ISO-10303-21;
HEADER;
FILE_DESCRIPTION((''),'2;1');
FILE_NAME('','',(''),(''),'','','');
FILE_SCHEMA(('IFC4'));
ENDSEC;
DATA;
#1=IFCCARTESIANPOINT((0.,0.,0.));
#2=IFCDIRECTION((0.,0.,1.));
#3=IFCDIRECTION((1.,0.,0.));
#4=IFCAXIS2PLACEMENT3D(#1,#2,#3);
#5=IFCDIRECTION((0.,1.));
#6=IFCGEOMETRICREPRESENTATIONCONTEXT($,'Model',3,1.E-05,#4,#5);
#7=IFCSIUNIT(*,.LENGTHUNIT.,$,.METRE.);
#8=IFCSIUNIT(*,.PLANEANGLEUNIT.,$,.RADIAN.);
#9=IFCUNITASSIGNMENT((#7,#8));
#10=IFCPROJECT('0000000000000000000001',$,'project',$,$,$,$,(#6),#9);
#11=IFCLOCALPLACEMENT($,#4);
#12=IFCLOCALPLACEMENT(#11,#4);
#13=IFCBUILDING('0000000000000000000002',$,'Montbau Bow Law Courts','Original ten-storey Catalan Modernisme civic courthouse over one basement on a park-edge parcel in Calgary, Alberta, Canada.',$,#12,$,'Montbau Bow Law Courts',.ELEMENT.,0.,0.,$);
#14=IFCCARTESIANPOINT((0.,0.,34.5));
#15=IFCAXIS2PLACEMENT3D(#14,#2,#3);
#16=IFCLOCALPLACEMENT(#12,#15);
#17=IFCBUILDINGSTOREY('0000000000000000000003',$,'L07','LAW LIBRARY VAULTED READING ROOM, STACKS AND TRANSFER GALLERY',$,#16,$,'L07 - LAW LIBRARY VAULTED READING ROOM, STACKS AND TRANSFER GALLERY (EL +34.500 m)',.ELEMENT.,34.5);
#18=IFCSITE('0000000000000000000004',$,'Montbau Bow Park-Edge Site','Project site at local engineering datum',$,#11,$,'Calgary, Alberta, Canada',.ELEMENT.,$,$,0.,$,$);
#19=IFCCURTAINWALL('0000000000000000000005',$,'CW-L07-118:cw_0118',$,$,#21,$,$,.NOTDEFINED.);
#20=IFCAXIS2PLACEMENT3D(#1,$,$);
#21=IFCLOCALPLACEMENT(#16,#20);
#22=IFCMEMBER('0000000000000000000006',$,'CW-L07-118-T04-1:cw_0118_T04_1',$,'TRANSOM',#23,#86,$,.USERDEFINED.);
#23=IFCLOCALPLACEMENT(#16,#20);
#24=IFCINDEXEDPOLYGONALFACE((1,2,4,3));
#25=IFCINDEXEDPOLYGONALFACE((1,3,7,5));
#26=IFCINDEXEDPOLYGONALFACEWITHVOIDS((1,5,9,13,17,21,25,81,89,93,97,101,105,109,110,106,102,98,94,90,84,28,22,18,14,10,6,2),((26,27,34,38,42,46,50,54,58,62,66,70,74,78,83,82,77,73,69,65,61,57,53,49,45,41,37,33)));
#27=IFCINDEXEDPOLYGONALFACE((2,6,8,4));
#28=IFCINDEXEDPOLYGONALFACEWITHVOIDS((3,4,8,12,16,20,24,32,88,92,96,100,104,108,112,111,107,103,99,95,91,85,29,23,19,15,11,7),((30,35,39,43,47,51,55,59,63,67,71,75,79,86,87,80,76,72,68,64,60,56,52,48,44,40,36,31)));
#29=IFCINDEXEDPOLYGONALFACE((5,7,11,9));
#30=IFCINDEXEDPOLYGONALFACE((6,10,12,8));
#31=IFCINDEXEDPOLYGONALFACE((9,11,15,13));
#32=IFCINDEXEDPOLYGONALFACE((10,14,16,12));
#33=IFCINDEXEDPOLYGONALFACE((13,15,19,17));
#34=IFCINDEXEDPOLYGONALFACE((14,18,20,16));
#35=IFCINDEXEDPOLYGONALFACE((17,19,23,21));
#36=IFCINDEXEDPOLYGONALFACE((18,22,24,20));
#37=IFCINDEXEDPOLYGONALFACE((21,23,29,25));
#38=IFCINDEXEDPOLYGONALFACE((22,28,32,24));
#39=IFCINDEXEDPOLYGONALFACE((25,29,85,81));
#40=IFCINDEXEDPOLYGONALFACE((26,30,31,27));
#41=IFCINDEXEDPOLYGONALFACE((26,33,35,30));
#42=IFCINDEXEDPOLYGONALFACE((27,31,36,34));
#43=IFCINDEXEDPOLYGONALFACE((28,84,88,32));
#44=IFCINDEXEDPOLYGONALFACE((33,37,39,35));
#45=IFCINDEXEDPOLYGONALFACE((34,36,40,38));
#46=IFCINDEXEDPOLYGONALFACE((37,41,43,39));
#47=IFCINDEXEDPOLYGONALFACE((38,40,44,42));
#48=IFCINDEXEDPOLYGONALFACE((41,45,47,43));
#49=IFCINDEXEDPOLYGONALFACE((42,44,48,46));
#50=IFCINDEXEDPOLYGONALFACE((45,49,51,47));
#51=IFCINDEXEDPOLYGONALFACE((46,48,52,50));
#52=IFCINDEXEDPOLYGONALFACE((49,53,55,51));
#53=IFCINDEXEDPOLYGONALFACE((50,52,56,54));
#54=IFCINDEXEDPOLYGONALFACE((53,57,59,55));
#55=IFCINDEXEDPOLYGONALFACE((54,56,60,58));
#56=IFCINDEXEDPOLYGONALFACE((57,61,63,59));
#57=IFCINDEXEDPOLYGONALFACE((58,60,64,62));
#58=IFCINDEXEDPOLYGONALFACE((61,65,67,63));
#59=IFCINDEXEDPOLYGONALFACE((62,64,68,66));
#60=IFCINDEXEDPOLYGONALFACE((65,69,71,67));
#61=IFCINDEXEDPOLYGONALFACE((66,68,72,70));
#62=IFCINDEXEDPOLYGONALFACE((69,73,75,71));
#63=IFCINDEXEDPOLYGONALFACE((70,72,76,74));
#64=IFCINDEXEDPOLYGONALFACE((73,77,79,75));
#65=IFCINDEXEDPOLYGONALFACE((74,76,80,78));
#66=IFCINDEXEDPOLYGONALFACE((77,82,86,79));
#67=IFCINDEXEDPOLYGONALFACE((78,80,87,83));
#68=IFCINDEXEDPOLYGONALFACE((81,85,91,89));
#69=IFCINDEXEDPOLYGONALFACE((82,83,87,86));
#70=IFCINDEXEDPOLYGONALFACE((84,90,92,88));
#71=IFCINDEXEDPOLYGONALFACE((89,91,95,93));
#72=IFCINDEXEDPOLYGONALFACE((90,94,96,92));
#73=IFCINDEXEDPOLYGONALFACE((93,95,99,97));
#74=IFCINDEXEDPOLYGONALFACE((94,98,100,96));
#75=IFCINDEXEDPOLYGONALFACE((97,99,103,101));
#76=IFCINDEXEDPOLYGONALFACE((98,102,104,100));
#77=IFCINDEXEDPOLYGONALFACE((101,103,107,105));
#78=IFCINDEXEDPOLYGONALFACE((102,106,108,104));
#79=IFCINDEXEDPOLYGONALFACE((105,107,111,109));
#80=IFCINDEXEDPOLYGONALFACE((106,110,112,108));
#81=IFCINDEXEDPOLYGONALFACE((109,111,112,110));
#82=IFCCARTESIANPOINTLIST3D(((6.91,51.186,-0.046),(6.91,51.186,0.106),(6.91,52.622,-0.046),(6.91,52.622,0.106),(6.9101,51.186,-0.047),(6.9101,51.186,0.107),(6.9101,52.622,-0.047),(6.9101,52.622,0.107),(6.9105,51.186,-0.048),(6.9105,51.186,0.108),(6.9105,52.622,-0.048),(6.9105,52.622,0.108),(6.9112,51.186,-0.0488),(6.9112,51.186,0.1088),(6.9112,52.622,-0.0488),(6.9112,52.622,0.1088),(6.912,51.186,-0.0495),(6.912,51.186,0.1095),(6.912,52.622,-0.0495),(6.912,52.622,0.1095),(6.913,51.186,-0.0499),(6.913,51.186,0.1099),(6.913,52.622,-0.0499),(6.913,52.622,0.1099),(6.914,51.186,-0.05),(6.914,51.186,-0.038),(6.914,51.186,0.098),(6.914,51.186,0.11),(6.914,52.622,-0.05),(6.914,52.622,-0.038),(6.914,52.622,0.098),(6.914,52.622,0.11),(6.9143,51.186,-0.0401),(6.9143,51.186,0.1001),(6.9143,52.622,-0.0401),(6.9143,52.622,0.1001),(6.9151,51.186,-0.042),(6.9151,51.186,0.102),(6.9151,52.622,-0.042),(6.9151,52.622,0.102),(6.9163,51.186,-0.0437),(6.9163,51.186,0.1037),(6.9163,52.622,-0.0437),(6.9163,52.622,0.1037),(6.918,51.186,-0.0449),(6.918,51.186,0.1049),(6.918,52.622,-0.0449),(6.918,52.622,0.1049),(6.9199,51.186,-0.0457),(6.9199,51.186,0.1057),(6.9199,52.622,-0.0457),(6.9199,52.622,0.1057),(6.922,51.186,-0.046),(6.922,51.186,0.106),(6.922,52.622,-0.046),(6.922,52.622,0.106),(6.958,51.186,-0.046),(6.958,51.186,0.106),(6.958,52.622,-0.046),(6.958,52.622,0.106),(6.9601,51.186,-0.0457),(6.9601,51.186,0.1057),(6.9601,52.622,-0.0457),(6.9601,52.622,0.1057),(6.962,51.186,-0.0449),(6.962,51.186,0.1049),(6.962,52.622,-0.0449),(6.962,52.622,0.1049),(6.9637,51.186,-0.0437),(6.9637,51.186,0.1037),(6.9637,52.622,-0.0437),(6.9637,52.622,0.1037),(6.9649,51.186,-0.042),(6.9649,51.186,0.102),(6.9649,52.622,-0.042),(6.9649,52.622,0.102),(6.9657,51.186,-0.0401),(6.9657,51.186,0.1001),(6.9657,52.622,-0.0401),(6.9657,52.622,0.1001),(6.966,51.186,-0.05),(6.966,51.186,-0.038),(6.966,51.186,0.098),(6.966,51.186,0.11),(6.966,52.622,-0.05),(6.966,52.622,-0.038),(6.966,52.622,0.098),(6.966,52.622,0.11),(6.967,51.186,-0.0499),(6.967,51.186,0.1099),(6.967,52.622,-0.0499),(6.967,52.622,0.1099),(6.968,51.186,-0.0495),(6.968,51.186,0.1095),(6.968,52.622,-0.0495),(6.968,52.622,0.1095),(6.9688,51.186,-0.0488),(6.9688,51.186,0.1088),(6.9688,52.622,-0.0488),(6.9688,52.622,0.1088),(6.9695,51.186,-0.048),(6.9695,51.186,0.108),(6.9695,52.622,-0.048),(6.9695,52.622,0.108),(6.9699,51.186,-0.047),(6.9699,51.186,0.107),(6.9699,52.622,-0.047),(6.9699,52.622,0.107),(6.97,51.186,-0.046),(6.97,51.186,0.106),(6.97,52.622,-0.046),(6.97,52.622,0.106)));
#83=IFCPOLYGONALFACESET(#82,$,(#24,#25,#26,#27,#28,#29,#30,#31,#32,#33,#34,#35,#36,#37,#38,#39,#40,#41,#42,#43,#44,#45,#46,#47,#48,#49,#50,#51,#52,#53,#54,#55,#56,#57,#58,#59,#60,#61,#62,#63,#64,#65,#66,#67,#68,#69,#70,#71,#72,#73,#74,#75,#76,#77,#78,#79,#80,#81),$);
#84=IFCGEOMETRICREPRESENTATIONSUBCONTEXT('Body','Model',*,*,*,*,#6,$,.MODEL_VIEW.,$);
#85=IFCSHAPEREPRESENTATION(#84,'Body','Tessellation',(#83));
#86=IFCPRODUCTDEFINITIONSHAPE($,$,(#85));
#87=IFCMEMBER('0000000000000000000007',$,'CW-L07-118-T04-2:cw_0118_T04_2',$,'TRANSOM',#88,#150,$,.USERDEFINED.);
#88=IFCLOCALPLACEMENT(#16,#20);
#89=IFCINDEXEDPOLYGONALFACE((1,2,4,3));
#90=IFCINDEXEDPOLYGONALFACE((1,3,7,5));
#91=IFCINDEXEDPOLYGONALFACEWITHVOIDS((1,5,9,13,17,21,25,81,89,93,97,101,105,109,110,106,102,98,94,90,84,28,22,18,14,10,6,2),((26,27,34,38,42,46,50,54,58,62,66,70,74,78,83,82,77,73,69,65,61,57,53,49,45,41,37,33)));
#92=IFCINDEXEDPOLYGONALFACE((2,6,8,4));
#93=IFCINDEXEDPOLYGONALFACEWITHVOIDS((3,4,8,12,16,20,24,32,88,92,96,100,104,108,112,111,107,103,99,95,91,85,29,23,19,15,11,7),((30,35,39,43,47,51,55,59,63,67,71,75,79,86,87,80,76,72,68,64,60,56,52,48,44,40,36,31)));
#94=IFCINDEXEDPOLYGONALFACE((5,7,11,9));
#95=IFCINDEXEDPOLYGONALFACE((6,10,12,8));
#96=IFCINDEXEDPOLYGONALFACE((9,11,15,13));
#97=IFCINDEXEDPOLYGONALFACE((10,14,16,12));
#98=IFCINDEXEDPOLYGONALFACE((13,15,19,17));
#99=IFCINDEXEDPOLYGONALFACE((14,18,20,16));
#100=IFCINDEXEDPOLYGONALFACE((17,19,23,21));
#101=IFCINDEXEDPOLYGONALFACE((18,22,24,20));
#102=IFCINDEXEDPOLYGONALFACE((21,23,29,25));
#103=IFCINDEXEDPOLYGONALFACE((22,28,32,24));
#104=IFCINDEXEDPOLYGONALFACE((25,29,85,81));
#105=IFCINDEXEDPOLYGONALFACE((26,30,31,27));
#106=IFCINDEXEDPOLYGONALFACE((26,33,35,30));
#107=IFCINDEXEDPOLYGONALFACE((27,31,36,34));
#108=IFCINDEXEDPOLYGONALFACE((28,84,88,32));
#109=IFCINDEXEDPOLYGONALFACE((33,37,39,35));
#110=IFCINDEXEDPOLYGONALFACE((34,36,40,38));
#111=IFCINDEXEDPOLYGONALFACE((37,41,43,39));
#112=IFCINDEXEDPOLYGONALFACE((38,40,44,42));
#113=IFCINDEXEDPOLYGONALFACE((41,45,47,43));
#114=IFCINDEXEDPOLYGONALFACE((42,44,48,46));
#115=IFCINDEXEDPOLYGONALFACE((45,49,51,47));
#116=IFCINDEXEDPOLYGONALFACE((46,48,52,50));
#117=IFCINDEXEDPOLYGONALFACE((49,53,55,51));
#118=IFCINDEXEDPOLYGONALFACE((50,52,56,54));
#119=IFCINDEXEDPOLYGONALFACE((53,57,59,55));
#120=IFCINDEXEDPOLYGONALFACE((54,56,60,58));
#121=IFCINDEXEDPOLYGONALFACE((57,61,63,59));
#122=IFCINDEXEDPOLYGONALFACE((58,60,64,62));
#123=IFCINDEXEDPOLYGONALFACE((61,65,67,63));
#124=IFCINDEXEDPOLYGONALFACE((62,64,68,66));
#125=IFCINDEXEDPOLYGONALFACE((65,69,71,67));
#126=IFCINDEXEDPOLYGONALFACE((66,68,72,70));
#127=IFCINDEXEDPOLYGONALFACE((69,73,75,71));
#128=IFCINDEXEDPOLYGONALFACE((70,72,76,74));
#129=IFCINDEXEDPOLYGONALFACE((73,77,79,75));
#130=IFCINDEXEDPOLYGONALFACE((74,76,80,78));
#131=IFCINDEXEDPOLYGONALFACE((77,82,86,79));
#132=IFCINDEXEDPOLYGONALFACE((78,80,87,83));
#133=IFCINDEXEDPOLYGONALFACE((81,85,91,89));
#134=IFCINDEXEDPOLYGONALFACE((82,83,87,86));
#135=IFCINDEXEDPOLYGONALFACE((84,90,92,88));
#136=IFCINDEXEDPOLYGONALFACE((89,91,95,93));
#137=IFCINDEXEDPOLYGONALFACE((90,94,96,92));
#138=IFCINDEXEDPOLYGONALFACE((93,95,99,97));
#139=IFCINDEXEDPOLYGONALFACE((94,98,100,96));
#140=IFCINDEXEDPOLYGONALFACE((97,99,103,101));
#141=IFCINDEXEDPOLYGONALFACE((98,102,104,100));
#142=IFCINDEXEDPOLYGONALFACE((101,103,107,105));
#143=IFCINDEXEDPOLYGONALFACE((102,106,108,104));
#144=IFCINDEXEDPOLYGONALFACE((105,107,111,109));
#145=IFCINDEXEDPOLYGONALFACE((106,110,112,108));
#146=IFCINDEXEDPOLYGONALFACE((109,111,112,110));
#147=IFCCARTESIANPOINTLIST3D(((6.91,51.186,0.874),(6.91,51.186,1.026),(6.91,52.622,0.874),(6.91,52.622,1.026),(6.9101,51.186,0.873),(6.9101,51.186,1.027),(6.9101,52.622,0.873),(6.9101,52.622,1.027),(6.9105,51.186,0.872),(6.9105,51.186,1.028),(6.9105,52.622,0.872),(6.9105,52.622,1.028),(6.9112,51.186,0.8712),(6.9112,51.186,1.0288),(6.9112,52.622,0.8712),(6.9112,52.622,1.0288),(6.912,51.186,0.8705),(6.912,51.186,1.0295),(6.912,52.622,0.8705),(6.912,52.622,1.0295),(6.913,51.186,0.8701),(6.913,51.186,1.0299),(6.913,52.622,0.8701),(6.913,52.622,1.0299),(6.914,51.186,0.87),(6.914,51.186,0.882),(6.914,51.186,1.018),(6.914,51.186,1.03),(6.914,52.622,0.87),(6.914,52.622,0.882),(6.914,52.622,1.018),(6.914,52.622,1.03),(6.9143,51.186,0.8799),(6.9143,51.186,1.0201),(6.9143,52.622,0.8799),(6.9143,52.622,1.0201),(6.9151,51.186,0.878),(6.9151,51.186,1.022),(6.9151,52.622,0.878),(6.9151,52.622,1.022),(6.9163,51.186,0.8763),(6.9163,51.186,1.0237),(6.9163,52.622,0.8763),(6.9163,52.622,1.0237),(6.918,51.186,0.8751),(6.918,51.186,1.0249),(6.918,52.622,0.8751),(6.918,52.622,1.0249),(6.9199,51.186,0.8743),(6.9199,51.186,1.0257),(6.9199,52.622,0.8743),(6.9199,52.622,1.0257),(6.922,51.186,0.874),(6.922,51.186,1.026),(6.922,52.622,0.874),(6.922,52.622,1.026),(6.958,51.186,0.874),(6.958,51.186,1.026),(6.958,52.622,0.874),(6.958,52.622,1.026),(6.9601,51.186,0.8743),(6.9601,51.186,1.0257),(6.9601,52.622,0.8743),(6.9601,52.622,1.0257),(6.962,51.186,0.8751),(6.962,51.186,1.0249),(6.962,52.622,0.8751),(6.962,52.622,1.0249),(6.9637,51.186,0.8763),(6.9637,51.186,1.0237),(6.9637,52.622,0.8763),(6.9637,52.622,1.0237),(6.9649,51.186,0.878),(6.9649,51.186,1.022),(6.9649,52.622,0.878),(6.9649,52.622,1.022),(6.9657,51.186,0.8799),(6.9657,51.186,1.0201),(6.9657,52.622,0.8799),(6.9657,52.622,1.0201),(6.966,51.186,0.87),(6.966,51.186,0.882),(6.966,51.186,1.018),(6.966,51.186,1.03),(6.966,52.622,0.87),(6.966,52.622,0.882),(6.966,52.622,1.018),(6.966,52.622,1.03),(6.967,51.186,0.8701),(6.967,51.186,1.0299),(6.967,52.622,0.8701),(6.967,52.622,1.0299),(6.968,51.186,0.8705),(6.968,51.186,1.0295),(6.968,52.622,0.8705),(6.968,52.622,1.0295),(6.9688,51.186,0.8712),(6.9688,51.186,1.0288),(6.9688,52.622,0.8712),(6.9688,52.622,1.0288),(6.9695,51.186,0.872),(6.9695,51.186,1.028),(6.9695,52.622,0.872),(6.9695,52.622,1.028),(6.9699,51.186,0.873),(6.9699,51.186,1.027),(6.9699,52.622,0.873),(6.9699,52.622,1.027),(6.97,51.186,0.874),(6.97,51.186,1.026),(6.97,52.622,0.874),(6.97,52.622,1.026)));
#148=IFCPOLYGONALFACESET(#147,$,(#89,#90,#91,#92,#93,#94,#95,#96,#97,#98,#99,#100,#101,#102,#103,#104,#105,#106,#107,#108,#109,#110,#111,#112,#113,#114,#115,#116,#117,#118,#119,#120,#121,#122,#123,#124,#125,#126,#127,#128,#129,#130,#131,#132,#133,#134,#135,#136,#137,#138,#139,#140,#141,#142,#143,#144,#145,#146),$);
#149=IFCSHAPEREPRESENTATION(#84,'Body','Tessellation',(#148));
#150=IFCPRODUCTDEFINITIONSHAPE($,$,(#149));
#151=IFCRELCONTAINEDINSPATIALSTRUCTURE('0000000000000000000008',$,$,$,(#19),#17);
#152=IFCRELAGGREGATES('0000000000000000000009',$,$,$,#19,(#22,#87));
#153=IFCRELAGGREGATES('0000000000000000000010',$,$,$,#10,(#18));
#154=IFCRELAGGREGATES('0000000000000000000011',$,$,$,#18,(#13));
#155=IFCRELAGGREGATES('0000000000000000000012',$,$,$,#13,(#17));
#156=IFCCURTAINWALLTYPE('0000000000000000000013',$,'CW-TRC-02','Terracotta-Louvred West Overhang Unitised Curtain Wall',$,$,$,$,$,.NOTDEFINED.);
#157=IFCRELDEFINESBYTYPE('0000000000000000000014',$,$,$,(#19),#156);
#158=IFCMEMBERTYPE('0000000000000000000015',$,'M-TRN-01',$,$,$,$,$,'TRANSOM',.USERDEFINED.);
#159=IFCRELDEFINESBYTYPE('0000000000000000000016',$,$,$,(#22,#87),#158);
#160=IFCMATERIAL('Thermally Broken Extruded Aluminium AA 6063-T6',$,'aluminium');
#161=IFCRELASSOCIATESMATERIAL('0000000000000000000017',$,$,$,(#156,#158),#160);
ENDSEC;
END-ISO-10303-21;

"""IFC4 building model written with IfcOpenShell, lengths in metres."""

from ifc_helpers import new_model, si_unit, direction, frame, origin_with_axes, origin_2d_with_axis, place, context, subcontext, project, spatial, hollow_rectangle, extrude, material, material_profile, profile_set, type_object, element, aggregate, save


model = new_model("IFC4")

# Units and contexts
model_context = context("Model", 3, precision=1e-05, world=origin_with_axes(), true_north=direction((0.0, 1.0)))
body_context = subcontext(model_context, "Body", "Model", "MODEL_VIEW")
ifc_project = project(units=[si_unit("LENGTHUNIT", "METRE"), si_unit("PLANEANGLEUNIT", "RADIAN")], contexts=[model_context])

# Site, building, storey
site_placement = place(None, origin_with_axes())
site = spatial("IfcSite", under=ifc_project, at=site_placement, Name="Montbau Bow Park-Edge Site", Description="Project site at local engineering datum", LongName="Calgary, Alberta, Canada", CompositionType="ELEMENT", RefElevation=0.0)
building_placement = place(site_placement, origin_with_axes())
building = spatial("IfcBuilding", under=site, at=building_placement, Name="Montbau Bow Law Courts", Description="Original ten-storey Catalan Modernisme civic courthouse over one basement on a park-edge parcel in Calgary, Alberta, Canada.", LongName="Montbau Bow Law Courts", CompositionType="ELEMENT", ElevationOfRefHeight=0.0, ElevationOfTerrain=0.0)
storey_placement = place(building_placement, frame((0.0, 0.0, 34.5), z_axis=(0.0, 0.0, 1.0), x_axis=(1.0, 0.0, 0.0)))
storey = spatial("IfcBuildingStorey", under=building, at=storey_placement, Name="L07", Description="LAW LIBRARY VAULTED READING ROOM, STACKS AND TRANSFER GALLERY", LongName="L07 - LAW LIBRARY VAULTED READING ROOM, STACKS AND TRANSFER GALLERY (EL +34.500 m)", CompositionType="ELEMENT", Elevation=34.5)

# Curtain wall, members
ifc_material_1 = material(Name="Thermally Broken Extruded Aluminium AA 6063-T6", Category="aluminium")
curtain_wall_type = type_object("IfcCurtainWallType", Name="CW-TRC-02", Description="Terracotta-Louvred West Overhang Unitised Curtain Wall", PredefinedType="NOTDEFINED", material=ifc_material_1)
curtain_wall_placement = place(None, frame((6.94, 46.64, 34.5), z_axis=(0.0, 0.0, 1.0), x_axis=(1.0, 0.0, 0.0)))
curtain_wall = element("IfcCurtainWall", 1, at=curtain_wall_placement, inside=storey, type_object=curtain_wall_type, Name="CW-L07-118:cw_0118", PredefinedType="NOTDEFINED")
ifc_material_profile_1 = material_profile(ifc_material_1, hollow_rectangle(XDim=0.06, YDim=0.16, WallThickness=0.004, InnerFilletRadius=0.008, OuterFilletRadius=0.004, at=origin_2d_with_axis()), Name="CWT-160X60", Category="Main", Priority=0)
ifc_profile_set_1 = profile_set([ifc_material_profile_1], Name="Thermally Broken Extruded Aluminium AA 6063-T6")
member_type_1 = type_object("IfcMemberType", Name="M-TRN-01", ElementType="TRANSOM", PredefinedType="USERDEFINED", material=ifc_profile_set_1)
member_1_placement = place(None, frame((6.94, 51.186, 34.53), z_axis=(0.0, 1.0, 0.0), x_axis=(-1.0, 0.0, 0.0)))
member_1 = element("IfcMember", 2, at=member_1_placement, type_object=member_type_1, Name="CW-L07-118-T04-1:cw_0118_T04_1", ObjectType="TRANSOM", PredefinedType="USERDEFINED", context=body_context, shape_type="SweptSolid", body=[
    extrude(hollow_rectangle(XDim=0.06, YDim=0.16, WallThickness=0.004, InnerFilletRadius=0.008, OuterFilletRadius=0.004, at=origin_2d_with_axis()), origin_with_axes(), (0.0, 0.0, 1.0), 1.436),
])
member_2_placement = place(None, frame((6.94, 51.186, 35.45), z_axis=(0.0, 1.0, 0.0), x_axis=(-1.0, 0.0, 0.0)))
member_2 = element("IfcMember", 3, at=member_2_placement, type_object=member_type_1, Name="CW-L07-118-T04-2:cw_0118_T04_2", ObjectType="TRANSOM", PredefinedType="USERDEFINED", context=body_context, shape_type="SweptSolid", body=[
    extrude(hollow_rectangle(XDim=0.06, YDim=0.16, WallThickness=0.004, InnerFilletRadius=0.008, OuterFilletRadius=0.004, at=origin_2d_with_axis()), origin_with_axes(), (0.0, 0.0, 1.0), 1.436),
])
aggregate(curtain_wall, [member_1, member_2])

save(model, "model.ifc")
